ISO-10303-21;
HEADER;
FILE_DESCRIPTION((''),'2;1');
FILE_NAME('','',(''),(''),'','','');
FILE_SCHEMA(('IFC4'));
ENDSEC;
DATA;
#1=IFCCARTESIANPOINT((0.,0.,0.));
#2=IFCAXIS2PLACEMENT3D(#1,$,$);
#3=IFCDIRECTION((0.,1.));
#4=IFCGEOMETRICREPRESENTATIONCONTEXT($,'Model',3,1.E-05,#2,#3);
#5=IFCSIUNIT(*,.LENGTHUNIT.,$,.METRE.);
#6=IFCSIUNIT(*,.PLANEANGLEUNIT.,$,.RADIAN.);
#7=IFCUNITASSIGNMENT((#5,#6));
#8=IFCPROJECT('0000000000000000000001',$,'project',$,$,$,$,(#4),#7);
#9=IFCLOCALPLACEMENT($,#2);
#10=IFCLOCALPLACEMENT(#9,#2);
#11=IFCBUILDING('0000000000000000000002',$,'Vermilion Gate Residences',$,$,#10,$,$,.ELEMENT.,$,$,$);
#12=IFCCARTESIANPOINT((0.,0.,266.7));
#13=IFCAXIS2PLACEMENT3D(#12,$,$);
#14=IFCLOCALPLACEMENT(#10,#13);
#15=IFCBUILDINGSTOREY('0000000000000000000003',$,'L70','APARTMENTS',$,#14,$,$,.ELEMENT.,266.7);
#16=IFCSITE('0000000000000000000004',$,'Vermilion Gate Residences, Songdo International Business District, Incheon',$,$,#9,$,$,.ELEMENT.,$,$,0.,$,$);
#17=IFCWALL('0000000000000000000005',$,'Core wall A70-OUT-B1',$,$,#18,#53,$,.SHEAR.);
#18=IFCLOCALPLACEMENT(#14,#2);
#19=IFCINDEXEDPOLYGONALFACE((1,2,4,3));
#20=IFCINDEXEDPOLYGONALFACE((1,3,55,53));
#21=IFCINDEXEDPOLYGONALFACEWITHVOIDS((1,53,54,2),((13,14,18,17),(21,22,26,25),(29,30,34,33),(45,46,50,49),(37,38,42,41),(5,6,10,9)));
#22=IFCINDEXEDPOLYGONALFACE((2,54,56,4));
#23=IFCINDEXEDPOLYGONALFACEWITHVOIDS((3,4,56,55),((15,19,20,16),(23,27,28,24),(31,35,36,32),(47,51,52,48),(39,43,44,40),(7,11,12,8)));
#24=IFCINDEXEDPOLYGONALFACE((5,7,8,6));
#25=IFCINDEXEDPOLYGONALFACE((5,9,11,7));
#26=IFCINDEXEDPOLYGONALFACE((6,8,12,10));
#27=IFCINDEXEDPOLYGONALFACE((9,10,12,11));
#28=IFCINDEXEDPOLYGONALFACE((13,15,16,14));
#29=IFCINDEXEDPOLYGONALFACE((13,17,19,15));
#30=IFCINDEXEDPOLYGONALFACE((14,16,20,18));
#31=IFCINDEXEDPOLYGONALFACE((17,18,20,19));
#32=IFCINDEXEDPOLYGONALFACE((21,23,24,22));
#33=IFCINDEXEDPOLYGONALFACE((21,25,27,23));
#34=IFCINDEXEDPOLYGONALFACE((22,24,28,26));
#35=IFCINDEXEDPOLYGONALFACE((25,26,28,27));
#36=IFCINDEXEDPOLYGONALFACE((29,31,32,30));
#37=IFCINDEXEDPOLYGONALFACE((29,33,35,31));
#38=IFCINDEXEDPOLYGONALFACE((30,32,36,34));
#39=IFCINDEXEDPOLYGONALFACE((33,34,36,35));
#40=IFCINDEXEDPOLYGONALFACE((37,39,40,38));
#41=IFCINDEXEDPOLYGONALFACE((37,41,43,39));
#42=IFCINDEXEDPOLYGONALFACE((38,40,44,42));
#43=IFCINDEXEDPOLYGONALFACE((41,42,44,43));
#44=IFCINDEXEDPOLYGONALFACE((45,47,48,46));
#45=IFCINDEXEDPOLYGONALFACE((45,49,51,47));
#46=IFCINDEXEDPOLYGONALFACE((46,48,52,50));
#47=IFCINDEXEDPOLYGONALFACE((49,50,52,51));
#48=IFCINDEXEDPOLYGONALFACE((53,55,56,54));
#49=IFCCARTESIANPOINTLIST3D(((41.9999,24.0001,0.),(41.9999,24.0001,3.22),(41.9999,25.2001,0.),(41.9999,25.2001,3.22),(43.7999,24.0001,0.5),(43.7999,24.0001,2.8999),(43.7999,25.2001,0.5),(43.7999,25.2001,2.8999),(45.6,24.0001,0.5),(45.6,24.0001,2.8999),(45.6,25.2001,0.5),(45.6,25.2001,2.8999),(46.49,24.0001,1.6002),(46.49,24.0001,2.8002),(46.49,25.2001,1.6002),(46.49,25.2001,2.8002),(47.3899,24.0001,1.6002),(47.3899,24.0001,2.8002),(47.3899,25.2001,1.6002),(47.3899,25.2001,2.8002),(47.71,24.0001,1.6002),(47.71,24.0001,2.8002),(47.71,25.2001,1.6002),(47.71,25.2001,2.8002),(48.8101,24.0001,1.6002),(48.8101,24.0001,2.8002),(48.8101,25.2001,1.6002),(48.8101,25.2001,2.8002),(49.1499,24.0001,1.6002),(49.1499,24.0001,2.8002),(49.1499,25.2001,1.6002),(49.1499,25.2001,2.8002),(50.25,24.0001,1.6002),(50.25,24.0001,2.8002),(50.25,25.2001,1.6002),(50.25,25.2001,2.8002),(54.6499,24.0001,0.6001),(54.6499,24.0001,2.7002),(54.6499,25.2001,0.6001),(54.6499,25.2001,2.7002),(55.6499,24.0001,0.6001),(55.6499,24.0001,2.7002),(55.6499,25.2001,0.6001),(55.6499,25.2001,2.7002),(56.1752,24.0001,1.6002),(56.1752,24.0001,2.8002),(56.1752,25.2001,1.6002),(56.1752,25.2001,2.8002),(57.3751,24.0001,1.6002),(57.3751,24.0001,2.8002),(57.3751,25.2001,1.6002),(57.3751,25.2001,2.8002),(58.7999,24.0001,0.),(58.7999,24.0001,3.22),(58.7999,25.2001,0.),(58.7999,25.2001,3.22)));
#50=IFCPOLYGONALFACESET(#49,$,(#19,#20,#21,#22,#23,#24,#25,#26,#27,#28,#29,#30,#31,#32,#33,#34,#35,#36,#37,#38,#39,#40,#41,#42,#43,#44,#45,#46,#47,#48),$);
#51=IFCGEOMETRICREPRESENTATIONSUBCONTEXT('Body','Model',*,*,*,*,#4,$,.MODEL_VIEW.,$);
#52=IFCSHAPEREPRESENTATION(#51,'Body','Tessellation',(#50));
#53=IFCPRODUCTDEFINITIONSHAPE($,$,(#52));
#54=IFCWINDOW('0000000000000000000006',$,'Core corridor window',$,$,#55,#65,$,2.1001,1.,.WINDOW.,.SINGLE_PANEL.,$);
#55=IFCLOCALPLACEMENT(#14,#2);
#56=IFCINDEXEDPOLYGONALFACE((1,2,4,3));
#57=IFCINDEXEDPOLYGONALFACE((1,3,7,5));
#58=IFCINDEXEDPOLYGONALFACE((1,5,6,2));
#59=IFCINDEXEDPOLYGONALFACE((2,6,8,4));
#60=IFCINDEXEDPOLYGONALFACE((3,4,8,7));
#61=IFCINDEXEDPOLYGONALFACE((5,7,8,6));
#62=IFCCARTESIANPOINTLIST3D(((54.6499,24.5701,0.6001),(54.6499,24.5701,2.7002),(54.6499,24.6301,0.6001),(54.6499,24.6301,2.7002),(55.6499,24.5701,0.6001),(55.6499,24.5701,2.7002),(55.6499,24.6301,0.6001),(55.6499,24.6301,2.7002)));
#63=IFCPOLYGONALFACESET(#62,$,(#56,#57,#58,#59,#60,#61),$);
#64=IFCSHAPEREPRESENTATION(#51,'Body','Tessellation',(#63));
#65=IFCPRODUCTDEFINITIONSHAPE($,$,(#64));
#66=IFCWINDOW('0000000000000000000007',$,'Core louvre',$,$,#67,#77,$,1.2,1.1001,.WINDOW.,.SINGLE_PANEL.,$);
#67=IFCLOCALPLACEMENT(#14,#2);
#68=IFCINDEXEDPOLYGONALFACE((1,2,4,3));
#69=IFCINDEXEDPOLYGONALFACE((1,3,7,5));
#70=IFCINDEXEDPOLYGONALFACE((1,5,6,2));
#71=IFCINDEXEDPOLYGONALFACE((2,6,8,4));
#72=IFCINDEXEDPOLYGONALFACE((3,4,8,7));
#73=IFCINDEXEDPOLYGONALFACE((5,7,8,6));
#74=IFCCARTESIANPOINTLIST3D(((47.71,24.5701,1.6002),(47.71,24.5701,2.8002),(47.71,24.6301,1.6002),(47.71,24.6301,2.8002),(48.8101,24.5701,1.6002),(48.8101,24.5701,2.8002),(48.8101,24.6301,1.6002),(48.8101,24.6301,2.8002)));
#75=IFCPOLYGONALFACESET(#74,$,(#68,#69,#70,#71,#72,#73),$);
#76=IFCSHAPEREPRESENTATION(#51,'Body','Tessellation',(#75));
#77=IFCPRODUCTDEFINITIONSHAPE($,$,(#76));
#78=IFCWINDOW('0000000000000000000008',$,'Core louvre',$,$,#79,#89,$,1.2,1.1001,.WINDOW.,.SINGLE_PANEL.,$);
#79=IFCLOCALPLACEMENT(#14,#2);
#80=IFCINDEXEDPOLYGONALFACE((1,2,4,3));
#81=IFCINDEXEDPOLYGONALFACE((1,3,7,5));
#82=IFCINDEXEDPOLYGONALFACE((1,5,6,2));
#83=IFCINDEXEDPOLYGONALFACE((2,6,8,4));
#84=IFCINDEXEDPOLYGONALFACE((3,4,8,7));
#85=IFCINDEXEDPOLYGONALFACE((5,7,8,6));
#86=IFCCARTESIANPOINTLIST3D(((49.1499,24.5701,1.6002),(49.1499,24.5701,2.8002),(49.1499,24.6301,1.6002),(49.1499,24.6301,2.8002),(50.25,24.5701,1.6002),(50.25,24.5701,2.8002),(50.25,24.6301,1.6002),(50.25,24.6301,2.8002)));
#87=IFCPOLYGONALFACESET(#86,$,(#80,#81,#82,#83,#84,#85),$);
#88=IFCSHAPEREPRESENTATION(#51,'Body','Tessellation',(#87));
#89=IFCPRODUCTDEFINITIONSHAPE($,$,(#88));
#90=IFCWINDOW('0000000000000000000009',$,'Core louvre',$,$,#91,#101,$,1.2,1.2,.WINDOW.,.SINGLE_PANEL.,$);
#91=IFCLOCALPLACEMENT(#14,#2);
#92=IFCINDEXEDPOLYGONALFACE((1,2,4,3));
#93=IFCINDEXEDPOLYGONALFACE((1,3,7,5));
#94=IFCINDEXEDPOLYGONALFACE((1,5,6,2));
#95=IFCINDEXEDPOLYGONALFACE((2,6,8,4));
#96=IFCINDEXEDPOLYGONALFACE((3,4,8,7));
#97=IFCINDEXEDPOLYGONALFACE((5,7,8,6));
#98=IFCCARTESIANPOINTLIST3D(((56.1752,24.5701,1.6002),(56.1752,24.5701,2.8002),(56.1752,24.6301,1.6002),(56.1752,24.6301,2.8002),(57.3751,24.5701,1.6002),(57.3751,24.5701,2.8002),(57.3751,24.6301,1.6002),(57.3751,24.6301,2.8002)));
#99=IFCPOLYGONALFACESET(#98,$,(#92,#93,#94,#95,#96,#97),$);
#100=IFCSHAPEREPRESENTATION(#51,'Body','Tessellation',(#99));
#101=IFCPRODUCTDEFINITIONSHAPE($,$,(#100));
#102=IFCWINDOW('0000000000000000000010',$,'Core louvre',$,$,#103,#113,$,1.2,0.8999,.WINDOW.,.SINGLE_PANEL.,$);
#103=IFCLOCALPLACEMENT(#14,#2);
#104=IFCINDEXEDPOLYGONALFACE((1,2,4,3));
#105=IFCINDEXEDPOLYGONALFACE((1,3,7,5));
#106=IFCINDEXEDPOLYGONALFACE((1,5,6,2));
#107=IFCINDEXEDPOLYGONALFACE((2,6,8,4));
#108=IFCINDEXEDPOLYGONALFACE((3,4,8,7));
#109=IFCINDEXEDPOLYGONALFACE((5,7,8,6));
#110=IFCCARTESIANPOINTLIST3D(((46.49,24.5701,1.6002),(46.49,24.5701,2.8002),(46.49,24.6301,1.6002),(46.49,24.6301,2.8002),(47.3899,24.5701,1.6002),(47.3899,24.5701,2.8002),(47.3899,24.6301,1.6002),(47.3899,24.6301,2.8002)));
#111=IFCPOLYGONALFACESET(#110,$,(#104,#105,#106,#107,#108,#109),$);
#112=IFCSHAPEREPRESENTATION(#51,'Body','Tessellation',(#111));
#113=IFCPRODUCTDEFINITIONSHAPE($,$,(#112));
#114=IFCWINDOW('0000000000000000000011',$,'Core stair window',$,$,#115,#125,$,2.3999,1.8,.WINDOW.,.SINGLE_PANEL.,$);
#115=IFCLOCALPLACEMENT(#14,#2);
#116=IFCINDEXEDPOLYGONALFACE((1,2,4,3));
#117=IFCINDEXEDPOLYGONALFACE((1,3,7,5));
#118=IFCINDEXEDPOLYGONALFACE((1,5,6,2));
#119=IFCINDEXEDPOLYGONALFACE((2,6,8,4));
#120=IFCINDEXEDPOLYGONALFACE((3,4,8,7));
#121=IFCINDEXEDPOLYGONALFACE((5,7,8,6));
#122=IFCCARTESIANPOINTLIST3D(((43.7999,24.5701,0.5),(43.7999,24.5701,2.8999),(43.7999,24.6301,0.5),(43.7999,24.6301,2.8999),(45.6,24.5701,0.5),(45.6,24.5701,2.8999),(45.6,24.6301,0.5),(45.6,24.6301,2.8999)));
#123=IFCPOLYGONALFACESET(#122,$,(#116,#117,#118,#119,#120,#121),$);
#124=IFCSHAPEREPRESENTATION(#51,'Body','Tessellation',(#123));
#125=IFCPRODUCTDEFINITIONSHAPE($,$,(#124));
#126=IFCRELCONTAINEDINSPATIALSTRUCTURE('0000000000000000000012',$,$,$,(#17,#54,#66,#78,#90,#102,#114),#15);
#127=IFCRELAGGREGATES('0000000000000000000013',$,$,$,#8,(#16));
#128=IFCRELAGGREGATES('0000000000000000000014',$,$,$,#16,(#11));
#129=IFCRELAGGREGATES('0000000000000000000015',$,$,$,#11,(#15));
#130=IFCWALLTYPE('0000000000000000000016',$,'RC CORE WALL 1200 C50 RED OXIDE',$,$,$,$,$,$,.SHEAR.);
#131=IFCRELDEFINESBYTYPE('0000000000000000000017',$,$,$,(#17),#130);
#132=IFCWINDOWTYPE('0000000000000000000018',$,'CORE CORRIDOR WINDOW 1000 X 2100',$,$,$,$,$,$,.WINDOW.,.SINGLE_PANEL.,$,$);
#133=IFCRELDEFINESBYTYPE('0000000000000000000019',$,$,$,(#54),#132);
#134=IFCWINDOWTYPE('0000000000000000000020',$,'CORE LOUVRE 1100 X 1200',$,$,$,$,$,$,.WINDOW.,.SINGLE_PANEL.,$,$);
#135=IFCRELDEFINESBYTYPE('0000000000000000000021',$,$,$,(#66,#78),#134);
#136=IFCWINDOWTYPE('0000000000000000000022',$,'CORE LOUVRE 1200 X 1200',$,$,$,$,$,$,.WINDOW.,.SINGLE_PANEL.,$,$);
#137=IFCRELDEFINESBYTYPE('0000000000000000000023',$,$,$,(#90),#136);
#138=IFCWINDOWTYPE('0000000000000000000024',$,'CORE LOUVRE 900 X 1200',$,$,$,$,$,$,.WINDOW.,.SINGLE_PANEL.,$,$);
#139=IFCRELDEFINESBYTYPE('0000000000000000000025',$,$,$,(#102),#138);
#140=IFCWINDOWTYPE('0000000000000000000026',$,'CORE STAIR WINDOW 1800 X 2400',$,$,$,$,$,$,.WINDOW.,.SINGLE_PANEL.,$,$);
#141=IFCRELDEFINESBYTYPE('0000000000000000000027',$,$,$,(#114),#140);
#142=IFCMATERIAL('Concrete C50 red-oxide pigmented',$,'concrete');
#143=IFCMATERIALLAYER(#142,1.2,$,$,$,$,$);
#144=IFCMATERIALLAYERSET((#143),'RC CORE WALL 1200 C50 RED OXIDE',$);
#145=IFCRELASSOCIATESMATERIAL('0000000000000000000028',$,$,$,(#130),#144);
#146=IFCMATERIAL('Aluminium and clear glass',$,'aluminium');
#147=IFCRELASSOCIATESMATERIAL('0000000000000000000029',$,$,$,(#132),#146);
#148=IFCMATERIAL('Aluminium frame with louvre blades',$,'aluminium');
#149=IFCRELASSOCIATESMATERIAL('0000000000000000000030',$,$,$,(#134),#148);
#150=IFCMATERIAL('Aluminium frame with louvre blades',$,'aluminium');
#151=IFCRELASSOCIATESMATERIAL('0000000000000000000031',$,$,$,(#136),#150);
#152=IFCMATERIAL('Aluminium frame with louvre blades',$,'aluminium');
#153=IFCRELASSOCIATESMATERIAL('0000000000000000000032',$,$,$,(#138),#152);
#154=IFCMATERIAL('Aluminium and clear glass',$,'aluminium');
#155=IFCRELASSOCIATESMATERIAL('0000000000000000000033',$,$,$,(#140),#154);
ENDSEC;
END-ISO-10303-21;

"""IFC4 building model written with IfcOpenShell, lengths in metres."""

from ifc_helpers import new_model, si_unit, direction, frame, frame_2d, origin, place, context, subcontext, project, spatial, rectangle, extrude, material, layer, layer_set, type_object, element, fill, save


model = new_model("IFC4")

# Units and contexts
model_context = context("Model", 3, precision=1e-05, world=origin(), true_north=direction((0.0, 1.0)))
body_context = subcontext(model_context, "Body", "Model", "MODEL_VIEW")
ifc_project = project(units=[si_unit("LENGTHUNIT", "METRE"), si_unit("PLANEANGLEUNIT", "RADIAN")], contexts=[model_context])

# Site, building, storey
site_placement = place(None, origin())
site = spatial("IfcSite", under=ifc_project, at=site_placement, Name="Vermilion Gate Residences, Songdo International Business District, Incheon", CompositionType="ELEMENT", RefElevation=0.0)
building_placement = place(site_placement, origin())
building = spatial("IfcBuilding", under=site, at=building_placement, Name="Vermilion Gate Residences", CompositionType="ELEMENT")
storey_placement = place(building_placement, frame((0.0, 0.0, 266.7)))
storey = spatial("IfcBuildingStorey", under=building, at=storey_placement, Name="L70", Description="APARTMENTS", CompositionType="ELEMENT", Elevation=266.7)

# Wall, openings, windows
ifc_material_1 = material(Name="Concrete C50 red-oxide pigmented", Category="concrete")
ifc_layer_1 = layer(ifc_material_1, 1.2)
ifc_layer_set_1 = layer_set([ifc_layer_1], Name="RC CORE WALL 1200 C50 RED OXIDE")
wall_type_1 = type_object("IfcWallType", Name="RC CORE WALL 1200 C50 RED OXIDE", PredefinedType="SHEAR", material=ifc_layer_set_1)
wall_1_placement = place(storey_placement, frame((42.0, 24.6001, 0.0), z_axis=(0.0, 0.0, 1.0), x_axis=(1.0, 0.0, 0.0)))
wall_1 = element("IfcWall", 1, at=wall_1_placement, inside=storey, type_object=wall_type_1, Name="Core wall A70-OUT-B1", PredefinedType="SHEAR", context=body_context, shape_type="SweptSolid", body=[
    extrude(rectangle(XDim=16.8, YDim=1.2, at=frame_2d((8.3999, 0.0))), origin(), (0.0, 0.0, 1.0), 3.22),
])
opening_1_placement = place(wall_1_placement, frame((1.8, 0.0, 0.5)))
opening_1 = element("IfcOpeningElement", 2, at=opening_1_placement, cuts=wall_1, PredefinedType="OPENING", context=body_context, shape_type="SweptSolid", body=[
    extrude(rectangle(XDim=1.8, YDim=2.3999, at=frame_2d((0.8999, 1.2))), frame((0.0, 0.6099, 0.0), z_axis=(0.0, -1.0, 0.0), x_axis=(1.0, 0.0, 0.0)), (0.0, 0.0, 1.0), 1.22),
])
opening_2_placement = place(wall_1_placement, frame((4.49, 0.0, 1.6001)))
opening_2 = element("IfcOpeningElement", 3, at=opening_2_placement, cuts=wall_1, PredefinedType="OPENING", context=body_context, shape_type="SweptSolid", body=[
    extrude(rectangle(XDim=0.8999, YDim=1.2, at=frame_2d((0.45, 0.6001))), frame((0.0, 0.6099, 0.0), z_axis=(0.0, -1.0, 0.0), x_axis=(1.0, 0.0, 0.0)), (0.0, 0.0, 1.0), 1.22),
])
opening_3_placement = place(wall_1_placement, frame((5.71, 0.0, 1.6001)))
opening_3 = element("IfcOpeningElement", 4, at=opening_3_placement, cuts=wall_1, PredefinedType="OPENING", context=body_context, shape_type="SweptSolid", body=[
    extrude(rectangle(XDim=1.1001, YDim=1.2, at=frame_2d((0.55, 0.6001))), frame((0.0, 0.6099, 0.0), z_axis=(0.0, -1.0, 0.0), x_axis=(1.0, 0.0, 0.0)), (0.0, 0.0, 1.0), 1.22),
])
opening_4_placement = place(wall_1_placement, frame((7.1499, 0.0, 1.6001)))
opening_4 = element("IfcOpeningElement", 5, at=opening_4_placement, cuts=wall_1, PredefinedType="OPENING", context=body_context, shape_type="SweptSolid", body=[
    extrude(rectangle(XDim=1.1001, YDim=1.2, at=frame_2d((0.55, 0.6001))), frame((0.0, 0.6099, 0.0), z_axis=(0.0, -1.0, 0.0), x_axis=(1.0, 0.0, 0.0)), (0.0, 0.0, 1.0), 1.22),
])
opening_5_placement = place(wall_1_placement, frame((12.6499, 0.0, 0.6001)))
opening_5 = element("IfcOpeningElement", 6, at=opening_5_placement, cuts=wall_1, PredefinedType="OPENING", context=body_context, shape_type="SweptSolid", body=[
    extrude(rectangle(XDim=1.0, YDim=2.1001, at=frame_2d((0.5, 1.05))), frame((0.0, 0.6099, 0.0), z_axis=(0.0, -1.0, 0.0), x_axis=(1.0, 0.0, 0.0)), (0.0, 0.0, 1.0), 1.22),
])
opening_6_placement = place(wall_1_placement, frame((14.175, 0.0, 1.6001)))
opening_6 = element("IfcOpeningElement", 7, at=opening_6_placement, cuts=wall_1, PredefinedType="OPENING", context=body_context, shape_type="SweptSolid", body=[
    extrude(rectangle(XDim=1.2, YDim=1.2, at=frame_2d((0.6001, 0.6001))), frame((0.0, 0.6099, 0.0), z_axis=(0.0, -1.0, 0.0), x_axis=(1.0, 0.0, 0.0)), (0.0, 0.0, 1.0), 1.22),
])
ifc_material_2 = material(Name="Aluminium and clear glass", Category="aluminium")
window_type_1 = type_object("IfcWindowType", Name="CORE CORRIDOR WINDOW 1000 X 2100", PartitioningType="SINGLE_PANEL", PredefinedType="WINDOW", material=ifc_material_2)
window_1_placement = place(opening_5_placement, origin())
window_1 = element("IfcWindow", 8, at=window_1_placement, inside=storey, type_object=window_type_1, Name="Core corridor window", OverallHeight=2.1001, OverallWidth=1.0, PartitioningType="SINGLE_PANEL", PredefinedType="WINDOW", context=body_context, shape_type="SweptSolid", body=[
    extrude(rectangle(XDim=1.0, YDim=2.1001, at=frame_2d((0.5, 1.05))), frame((0.0, 0.03, 0.0), z_axis=(0.0, -1.0, 0.0), x_axis=(1.0, 0.0, 0.0)), (0.0, 0.0, 1.0), 0.0601),
])
fill(opening_5, window_1)
ifc_material_3 = material(Name="Aluminium frame with louvre blades", Category="aluminium")
window_type_2 = type_object("IfcWindowType", Name="CORE LOUVRE 1100 X 1200", PartitioningType="SINGLE_PANEL", PredefinedType="WINDOW", material=ifc_material_3)
window_2_placement = place(opening_3_placement, origin())
window_2 = element("IfcWindow", 9, at=window_2_placement, inside=storey, type_object=window_type_2, Name="Core louvre", OverallHeight=1.2, OverallWidth=1.1001, PartitioningType="SINGLE_PANEL", PredefinedType="WINDOW", context=body_context, shape_type="SweptSolid", body=[
    extrude(rectangle(XDim=1.1001, YDim=1.2, at=frame_2d((0.55, 0.6001))), frame((0.0, 0.03, 0.0), z_axis=(0.0, -1.0, 0.0), x_axis=(1.0, 0.0, 0.0)), (0.0, 0.0, 1.0), 0.0601),
])
fill(opening_3, window_2)
window_3_placement = place(opening_4_placement, origin())
window_3 = element("IfcWindow", 10, at=window_3_placement, inside=storey, type_object=window_type_2, Name="Core louvre", OverallHeight=1.2, OverallWidth=1.1001, PartitioningType="SINGLE_PANEL", PredefinedType="WINDOW", context=body_context, shape_type="SweptSolid", body=[
    extrude(rectangle(XDim=1.1001, YDim=1.2, at=frame_2d((0.55, 0.6001))), frame((0.0, 0.03, 0.0), z_axis=(0.0, -1.0, 0.0), x_axis=(1.0, 0.0, 0.0)), (0.0, 0.0, 1.0), 0.0601),
])
fill(opening_4, window_3)
ifc_material_4 = material(Name="Aluminium frame with louvre blades", Category="aluminium")
window_type_3 = type_object("IfcWindowType", Name="CORE LOUVRE 1200 X 1200", PartitioningType="SINGLE_PANEL", PredefinedType="WINDOW", material=ifc_material_4)
window_4_placement = place(opening_6_placement, origin())
window_4 = element("IfcWindow", 11, at=window_4_placement, inside=storey, type_object=window_type_3, Name="Core louvre", OverallHeight=1.2, OverallWidth=1.2, PartitioningType="SINGLE_PANEL", PredefinedType="WINDOW", context=body_context, shape_type="SweptSolid", body=[
    extrude(rectangle(XDim=1.2, YDim=1.2, at=frame_2d((0.6001, 0.6001))), frame((0.0, 0.03, 0.0), z_axis=(0.0, -1.0, 0.0), x_axis=(1.0, 0.0, 0.0)), (0.0, 0.0, 1.0), 0.0601),
])
fill(opening_6, window_4)
ifc_material_5 = material(Name="Aluminium frame with louvre blades", Category="aluminium")
window_type_4 = type_object("IfcWindowType", Name="CORE LOUVRE 900 X 1200", PartitioningType="SINGLE_PANEL", PredefinedType="WINDOW", material=ifc_material_5)
window_5_placement = place(opening_2_placement, origin())
window_5 = element("IfcWindow", 12, at=window_5_placement, inside=storey, type_object=window_type_4, Name="Core louvre", OverallHeight=1.2, OverallWidth=0.8999, PartitioningType="SINGLE_PANEL", PredefinedType="WINDOW", context=body_context, shape_type="SweptSolid", body=[
    extrude(rectangle(XDim=0.8999, YDim=1.2, at=frame_2d((0.45, 0.6001))), frame((0.0, 0.03, 0.0), z_axis=(0.0, -1.0, 0.0), x_axis=(1.0, 0.0, 0.0)), (0.0, 0.0, 1.0), 0.0601),
])
fill(opening_2, window_5)
ifc_material_6 = material(Name="Aluminium and clear glass", Category="aluminium")
window_type_5 = type_object("IfcWindowType", Name="CORE STAIR WINDOW 1800 X 2400", PartitioningType="SINGLE_PANEL", PredefinedType="WINDOW", material=ifc_material_6)
window_6_placement = place(opening_1_placement, origin())
window_6 = element("IfcWindow", 13, at=window_6_placement, inside=storey, type_object=window_type_5, Name="Core stair window", OverallHeight=2.3999, OverallWidth=1.8, PartitioningType="SINGLE_PANEL", PredefinedType="WINDOW", context=body_context, shape_type="SweptSolid", body=[
    extrude(rectangle(XDim=1.8, YDim=2.3999, at=frame_2d((0.8999, 1.2))), frame((0.0, 0.03, 0.0), z_axis=(0.0, -1.0, 0.0), x_axis=(1.0, 0.0, 0.0)), (0.0, 0.0, 1.0), 0.0601),
])
fill(opening_1, window_6)

save(model, "model.ifc")
